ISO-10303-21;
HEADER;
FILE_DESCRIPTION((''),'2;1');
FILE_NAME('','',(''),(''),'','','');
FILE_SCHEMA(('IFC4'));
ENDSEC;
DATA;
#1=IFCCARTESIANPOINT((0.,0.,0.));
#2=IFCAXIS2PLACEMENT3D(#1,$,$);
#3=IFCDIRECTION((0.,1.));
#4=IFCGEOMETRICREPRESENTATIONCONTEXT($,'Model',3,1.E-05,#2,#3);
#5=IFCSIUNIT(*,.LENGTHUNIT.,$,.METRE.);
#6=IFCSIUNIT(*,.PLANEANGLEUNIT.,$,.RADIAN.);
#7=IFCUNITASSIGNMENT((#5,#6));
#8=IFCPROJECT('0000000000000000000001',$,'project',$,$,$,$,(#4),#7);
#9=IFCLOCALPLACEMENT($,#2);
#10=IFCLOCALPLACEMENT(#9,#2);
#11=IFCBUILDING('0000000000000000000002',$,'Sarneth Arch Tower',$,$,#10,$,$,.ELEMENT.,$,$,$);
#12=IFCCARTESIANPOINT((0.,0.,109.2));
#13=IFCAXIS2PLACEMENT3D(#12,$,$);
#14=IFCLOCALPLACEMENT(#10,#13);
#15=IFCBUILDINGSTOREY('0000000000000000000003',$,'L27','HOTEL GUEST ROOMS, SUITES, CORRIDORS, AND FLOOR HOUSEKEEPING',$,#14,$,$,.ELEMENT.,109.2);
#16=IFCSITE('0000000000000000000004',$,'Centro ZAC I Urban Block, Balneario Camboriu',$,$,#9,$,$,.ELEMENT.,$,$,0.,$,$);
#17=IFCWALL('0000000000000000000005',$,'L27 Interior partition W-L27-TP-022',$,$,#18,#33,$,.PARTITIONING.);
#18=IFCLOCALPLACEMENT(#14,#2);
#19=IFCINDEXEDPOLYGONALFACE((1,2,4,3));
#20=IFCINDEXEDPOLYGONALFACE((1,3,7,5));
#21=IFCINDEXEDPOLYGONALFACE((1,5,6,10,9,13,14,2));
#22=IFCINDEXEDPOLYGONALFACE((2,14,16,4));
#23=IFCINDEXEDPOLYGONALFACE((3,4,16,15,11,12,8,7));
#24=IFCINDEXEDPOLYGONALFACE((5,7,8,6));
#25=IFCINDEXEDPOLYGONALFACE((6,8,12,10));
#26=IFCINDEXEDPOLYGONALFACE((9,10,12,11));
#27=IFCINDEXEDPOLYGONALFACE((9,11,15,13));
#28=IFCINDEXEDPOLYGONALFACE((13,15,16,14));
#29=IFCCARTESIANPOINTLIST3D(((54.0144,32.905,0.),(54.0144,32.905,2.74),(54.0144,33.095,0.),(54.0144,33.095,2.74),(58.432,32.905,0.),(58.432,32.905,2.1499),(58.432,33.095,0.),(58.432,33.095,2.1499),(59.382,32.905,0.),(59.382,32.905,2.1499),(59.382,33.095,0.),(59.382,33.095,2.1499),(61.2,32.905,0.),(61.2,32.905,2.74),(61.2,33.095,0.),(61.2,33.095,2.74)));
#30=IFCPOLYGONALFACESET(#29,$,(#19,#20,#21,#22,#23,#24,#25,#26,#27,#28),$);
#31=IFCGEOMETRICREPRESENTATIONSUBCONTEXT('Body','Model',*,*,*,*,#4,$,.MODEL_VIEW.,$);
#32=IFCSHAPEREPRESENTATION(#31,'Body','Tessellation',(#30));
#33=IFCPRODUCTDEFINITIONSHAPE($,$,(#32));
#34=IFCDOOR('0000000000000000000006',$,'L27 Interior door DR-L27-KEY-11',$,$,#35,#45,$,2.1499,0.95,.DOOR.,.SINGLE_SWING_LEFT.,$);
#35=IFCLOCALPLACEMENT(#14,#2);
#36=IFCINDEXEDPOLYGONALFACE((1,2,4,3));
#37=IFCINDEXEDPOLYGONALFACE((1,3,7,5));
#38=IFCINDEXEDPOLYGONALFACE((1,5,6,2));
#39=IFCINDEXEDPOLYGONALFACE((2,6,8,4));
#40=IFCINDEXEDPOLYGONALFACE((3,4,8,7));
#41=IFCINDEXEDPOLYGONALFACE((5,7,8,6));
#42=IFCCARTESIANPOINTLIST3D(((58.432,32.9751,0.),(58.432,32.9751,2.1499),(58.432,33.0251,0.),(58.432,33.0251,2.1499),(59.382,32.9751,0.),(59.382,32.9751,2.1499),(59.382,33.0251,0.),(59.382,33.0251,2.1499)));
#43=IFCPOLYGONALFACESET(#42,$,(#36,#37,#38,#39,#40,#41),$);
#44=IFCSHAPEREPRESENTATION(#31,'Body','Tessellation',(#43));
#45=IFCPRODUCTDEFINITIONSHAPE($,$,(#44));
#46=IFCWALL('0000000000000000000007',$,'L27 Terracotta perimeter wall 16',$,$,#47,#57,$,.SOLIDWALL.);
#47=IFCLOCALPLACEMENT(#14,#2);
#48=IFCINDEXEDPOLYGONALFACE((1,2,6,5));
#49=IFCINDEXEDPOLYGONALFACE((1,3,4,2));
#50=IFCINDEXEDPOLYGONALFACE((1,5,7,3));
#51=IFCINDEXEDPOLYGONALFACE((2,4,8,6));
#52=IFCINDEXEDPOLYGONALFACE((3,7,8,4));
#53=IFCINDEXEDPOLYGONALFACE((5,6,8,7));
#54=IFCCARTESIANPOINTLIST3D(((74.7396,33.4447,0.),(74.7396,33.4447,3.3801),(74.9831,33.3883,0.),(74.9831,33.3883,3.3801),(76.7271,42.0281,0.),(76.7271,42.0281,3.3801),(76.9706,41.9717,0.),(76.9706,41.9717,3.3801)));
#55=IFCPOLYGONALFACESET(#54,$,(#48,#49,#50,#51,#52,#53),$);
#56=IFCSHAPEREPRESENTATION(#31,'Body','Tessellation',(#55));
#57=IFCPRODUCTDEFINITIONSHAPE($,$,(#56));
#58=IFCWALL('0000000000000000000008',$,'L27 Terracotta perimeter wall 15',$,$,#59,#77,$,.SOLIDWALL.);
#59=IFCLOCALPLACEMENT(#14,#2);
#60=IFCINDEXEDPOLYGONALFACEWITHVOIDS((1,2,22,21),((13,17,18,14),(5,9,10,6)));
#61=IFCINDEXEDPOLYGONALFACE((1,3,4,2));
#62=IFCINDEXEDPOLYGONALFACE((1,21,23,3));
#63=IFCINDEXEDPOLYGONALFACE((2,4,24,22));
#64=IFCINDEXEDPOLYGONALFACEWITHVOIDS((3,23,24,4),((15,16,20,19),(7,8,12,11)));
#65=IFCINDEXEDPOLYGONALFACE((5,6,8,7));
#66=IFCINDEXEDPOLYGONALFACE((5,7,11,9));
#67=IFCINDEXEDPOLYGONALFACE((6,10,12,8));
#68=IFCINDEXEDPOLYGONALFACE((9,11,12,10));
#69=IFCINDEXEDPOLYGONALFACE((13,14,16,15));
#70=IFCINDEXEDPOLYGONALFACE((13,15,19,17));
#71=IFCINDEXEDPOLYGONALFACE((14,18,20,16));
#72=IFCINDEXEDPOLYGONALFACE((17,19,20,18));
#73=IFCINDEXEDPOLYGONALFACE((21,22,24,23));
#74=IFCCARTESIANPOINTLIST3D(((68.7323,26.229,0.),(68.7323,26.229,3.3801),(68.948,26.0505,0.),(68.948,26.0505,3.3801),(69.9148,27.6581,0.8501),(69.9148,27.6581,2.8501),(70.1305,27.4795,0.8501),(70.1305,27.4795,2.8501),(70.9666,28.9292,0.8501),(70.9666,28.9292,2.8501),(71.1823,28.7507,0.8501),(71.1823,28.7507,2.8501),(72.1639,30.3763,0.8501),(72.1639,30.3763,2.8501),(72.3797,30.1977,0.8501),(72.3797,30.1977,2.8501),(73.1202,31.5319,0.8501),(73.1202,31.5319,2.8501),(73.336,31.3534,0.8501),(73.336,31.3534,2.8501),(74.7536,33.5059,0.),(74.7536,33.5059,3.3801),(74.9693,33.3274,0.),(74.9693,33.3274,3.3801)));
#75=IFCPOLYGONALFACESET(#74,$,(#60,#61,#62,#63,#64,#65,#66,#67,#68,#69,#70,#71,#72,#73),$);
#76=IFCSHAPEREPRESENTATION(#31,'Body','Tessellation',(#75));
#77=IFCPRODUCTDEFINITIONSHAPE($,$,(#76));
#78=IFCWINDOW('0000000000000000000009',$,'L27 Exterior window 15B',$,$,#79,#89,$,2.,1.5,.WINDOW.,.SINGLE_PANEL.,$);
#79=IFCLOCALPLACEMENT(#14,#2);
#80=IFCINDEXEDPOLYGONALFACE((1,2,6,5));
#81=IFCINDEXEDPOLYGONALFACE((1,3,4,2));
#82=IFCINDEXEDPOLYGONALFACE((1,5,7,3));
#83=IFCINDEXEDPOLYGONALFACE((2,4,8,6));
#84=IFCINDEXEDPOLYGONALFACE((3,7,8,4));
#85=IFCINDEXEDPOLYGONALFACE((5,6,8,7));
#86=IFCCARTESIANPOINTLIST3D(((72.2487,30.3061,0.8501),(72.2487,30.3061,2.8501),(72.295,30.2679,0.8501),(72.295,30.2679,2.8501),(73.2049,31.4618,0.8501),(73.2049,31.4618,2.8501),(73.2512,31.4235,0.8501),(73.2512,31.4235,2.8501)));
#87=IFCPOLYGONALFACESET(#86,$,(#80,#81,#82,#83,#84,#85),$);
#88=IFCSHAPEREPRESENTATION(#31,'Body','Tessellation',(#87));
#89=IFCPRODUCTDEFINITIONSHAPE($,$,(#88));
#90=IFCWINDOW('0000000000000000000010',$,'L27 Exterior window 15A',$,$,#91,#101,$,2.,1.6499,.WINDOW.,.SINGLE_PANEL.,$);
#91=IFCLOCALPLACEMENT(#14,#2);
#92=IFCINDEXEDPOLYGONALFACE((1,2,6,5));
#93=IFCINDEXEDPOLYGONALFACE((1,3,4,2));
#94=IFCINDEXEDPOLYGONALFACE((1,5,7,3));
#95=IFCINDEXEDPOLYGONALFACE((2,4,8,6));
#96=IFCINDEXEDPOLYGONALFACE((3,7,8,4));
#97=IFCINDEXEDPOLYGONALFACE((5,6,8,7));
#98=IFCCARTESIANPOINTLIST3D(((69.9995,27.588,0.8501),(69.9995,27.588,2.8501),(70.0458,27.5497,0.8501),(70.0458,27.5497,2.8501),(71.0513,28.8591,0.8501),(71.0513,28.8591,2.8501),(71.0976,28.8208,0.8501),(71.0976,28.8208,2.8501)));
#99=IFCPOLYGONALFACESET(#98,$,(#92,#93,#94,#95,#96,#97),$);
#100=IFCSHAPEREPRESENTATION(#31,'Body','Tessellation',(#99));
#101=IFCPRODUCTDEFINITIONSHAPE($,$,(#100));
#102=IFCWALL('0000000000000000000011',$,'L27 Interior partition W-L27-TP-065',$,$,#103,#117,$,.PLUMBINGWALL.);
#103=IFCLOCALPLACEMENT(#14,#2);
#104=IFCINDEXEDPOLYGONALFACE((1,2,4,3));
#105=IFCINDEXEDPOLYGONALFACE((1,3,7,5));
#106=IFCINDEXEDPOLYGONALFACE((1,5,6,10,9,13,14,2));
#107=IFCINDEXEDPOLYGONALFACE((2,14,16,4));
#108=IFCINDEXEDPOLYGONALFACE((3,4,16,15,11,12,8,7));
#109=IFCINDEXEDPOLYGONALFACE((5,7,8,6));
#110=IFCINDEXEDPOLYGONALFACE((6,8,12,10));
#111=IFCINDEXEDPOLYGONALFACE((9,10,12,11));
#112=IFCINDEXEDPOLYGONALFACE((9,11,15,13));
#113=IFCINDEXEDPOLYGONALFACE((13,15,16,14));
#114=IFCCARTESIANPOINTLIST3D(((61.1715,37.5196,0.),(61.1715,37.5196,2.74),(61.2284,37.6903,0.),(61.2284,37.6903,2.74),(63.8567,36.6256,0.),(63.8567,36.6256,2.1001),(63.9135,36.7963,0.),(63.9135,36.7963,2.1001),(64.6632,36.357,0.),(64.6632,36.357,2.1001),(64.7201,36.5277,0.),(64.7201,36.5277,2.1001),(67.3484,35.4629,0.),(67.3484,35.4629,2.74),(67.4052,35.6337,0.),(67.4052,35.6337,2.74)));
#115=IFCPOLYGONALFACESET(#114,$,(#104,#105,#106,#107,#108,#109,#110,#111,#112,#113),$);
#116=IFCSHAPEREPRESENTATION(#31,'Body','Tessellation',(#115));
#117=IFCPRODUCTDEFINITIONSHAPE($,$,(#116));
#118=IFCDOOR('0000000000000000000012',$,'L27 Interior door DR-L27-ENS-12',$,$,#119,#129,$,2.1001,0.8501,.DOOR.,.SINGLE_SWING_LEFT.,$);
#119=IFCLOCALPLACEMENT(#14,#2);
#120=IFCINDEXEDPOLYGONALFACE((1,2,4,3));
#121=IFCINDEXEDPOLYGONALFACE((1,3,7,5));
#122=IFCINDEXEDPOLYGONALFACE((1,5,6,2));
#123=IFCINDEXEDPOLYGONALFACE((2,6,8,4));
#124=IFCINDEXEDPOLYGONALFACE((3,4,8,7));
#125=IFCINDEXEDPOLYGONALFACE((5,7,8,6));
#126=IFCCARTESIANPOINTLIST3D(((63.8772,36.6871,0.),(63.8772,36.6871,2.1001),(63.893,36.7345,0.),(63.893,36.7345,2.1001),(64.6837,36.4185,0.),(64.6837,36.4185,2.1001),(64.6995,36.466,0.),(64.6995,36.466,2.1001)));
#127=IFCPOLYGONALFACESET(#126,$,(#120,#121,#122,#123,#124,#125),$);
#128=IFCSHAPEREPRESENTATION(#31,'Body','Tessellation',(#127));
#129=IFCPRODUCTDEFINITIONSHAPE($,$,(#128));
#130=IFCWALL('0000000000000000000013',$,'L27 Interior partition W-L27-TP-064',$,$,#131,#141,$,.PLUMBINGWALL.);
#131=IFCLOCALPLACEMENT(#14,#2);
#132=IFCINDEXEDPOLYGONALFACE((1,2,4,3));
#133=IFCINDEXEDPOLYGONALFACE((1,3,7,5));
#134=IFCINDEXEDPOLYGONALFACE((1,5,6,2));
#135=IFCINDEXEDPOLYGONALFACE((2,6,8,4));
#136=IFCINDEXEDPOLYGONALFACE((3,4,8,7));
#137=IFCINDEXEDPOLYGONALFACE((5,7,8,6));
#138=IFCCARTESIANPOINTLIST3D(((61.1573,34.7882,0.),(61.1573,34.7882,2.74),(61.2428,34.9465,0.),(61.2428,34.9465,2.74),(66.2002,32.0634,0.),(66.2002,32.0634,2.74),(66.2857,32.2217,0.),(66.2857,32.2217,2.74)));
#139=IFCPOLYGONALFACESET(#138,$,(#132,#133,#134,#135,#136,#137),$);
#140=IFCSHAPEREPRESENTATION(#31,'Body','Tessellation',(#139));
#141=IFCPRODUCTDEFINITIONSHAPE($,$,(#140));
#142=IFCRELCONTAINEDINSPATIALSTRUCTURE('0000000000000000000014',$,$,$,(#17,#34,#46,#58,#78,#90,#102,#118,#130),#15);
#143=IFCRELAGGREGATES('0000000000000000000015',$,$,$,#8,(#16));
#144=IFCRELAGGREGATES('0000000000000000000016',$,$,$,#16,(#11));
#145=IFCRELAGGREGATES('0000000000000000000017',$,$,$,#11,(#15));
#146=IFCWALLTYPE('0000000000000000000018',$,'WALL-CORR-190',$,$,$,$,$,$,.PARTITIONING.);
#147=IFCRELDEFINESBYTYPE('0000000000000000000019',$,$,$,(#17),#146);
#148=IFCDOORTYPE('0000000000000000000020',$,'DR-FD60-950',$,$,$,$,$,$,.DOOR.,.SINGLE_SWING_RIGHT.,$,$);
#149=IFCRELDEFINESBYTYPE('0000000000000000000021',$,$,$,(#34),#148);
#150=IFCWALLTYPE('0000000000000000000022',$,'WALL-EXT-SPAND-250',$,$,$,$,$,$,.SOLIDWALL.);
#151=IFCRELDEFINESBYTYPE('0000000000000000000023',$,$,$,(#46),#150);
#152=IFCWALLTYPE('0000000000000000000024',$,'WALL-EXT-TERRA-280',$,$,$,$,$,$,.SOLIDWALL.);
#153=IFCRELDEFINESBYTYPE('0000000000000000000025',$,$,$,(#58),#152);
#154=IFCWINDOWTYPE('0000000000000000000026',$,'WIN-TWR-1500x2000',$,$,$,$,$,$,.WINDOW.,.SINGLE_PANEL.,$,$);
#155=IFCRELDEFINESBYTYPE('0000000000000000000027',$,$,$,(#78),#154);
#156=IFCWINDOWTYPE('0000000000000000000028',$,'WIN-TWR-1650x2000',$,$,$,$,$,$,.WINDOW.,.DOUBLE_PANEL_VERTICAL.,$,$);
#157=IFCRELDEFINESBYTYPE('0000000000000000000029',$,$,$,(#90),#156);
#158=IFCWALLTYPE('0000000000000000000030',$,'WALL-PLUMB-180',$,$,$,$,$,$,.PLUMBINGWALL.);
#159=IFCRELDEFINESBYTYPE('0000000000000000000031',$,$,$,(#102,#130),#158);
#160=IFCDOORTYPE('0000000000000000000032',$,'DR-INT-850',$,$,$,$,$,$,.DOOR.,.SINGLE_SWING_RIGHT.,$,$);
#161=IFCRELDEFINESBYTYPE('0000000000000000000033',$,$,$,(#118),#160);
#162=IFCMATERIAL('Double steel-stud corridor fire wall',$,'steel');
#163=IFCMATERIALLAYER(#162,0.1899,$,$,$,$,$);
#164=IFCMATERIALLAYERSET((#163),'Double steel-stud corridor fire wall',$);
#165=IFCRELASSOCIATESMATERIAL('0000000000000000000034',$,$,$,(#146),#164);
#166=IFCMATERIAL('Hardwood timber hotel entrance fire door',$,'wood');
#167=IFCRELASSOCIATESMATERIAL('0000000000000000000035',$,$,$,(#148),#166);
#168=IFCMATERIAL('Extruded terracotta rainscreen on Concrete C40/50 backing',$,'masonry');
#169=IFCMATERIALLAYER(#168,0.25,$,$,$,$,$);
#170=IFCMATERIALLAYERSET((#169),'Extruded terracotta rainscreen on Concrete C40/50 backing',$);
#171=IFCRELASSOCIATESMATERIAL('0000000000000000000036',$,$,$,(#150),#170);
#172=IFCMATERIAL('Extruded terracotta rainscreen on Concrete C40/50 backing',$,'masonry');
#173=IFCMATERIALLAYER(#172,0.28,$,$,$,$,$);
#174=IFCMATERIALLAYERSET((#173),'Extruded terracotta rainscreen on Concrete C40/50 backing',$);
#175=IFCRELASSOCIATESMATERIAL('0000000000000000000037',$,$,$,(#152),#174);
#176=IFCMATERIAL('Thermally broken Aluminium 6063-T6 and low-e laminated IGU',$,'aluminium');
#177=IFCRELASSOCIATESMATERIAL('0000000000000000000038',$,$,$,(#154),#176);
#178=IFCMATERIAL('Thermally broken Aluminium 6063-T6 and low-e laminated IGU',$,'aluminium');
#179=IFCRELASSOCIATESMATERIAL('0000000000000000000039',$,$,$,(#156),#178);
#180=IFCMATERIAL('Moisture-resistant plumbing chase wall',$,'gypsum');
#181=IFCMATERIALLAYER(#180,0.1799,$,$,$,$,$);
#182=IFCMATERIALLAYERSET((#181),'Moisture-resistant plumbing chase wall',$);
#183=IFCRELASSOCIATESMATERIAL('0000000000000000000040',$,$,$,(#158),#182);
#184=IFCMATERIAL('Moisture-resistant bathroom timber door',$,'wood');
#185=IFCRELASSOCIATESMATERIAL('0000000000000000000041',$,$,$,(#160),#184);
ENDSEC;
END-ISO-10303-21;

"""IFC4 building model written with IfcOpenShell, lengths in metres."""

from ifc_helpers import new_model, si_unit, direction, frame, frame_2d, origin, place, context, subcontext, project, spatial, rectangle, extrude, material, layer, layer_set, type_object, element, fill, save


model = new_model("IFC4")

# Units and contexts
model_context = context("Model", 3, precision=1e-05, world=origin(), true_north=direction((0.0, 1.0)))
body_context = subcontext(model_context, "Body", "Model", "MODEL_VIEW")
ifc_project = project(units=[si_unit("LENGTHUNIT", "METRE"), si_unit("PLANEANGLEUNIT", "RADIAN")], contexts=[model_context])

# Site, building, storey
site_placement = place(None, origin())
site = spatial("IfcSite", under=ifc_project, at=site_placement, Name="Centro ZAC I Urban Block, Balneario Camboriu", CompositionType="ELEMENT", RefElevation=0.0)
building_placement = place(site_placement, origin())
building = spatial("IfcBuilding", under=site, at=building_placement, Name="Sarneth Arch Tower", CompositionType="ELEMENT")
storey_placement = place(building_placement, frame((0.0, 0.0, 109.2)))
storey = spatial("IfcBuildingStorey", under=building, at=storey_placement, Name="L27", Description="HOTEL GUEST ROOMS, SUITES, CORRIDORS, AND FLOOR HOUSEKEEPING", CompositionType="ELEMENT", Elevation=109.2)

# Wall, opening, door
ifc_material_1 = material(Name="Double steel-stud corridor fire wall", Category="steel")
ifc_layer_1 = layer(ifc_material_1, 0.1899)
ifc_layer_set_1 = layer_set([ifc_layer_1], Name="Double steel-stud corridor fire wall")
wall_type_1 = type_object("IfcWallType", Name="WALL-CORR-190", PredefinedType="PARTITIONING", material=ifc_layer_set_1)
wall_1_placement = place(storey_placement, frame((61.2, 33.0, 0.0), z_axis=(0.0, 0.0, 1.0), x_axis=(-1.0, 0.0, 0.0)))
wall_1 = element("IfcWall", 1, at=wall_1_placement, inside=storey, type_object=wall_type_1, Name="L27 Interior partition W-L27-TP-022", PredefinedType="PARTITIONING", context=body_context, shape_type="SweptSolid", body=[
    extrude(rectangle(XDim=7.1855, YDim=0.1899, at=frame_2d((3.5928, 0.0))), origin(), (0.0, 0.0, 1.0), 2.74),
])
opening_1_placement = place(wall_1_placement, frame((1.8179, 0.0, 0.0)))
opening_1 = element("IfcOpeningElement", 2, at=opening_1_placement, cuts=wall_1, PredefinedType="OPENING", context=body_context, shape_type="SweptSolid", body=[
    extrude(rectangle(XDim=0.95, YDim=2.1499, at=frame_2d((0.4751, 1.075))), frame((0.0, 0.105, 0.0), z_axis=(0.0, -1.0, 0.0), x_axis=(1.0, 0.0, 0.0)), (0.0, 0.0, 1.0), 0.21),
])
ifc_material_2 = material(Name="Hardwood timber hotel entrance fire door", Category="wood")
door_type_1 = type_object("IfcDoorType", Name="DR-FD60-950", OperationType="SINGLE_SWING_RIGHT", PredefinedType="DOOR", material=ifc_material_2)
door_1_placement = place(opening_1_placement, origin())
door_1 = element("IfcDoor", 3, at=door_1_placement, inside=storey, type_object=door_type_1, Name="L27 Interior door DR-L27-KEY-11", OperationType="SINGLE_SWING_LEFT", OverallHeight=2.1499, OverallWidth=0.95, PredefinedType="DOOR", context=body_context, shape_type="SweptSolid", body=[
    extrude(rectangle(XDim=0.95, YDim=2.1499, at=frame_2d((0.4751, 1.075))), frame((0.0, 0.0249, 0.0), z_axis=(0.0, -1.0, 0.0), x_axis=(1.0, 0.0, 0.0)), (0.0, 0.0, 1.0), 0.05),
])
fill(opening_1, door_1)

# Wall
ifc_material_3 = material(Name="Extruded terracotta rainscreen on Concrete C40/50 backing", Category="masonry")
ifc_layer_2 = layer(ifc_material_3, 0.25)
ifc_layer_set_2 = layer_set([ifc_layer_2], Name="Extruded terracotta rainscreen on Concrete C40/50 backing")
wall_type_2 = type_object("IfcWallType", Name="WALL-EXT-SPAND-250", PredefinedType="SOLIDWALL", material=ifc_layer_set_2)
wall_2_placement = place(storey_placement, frame((74.8613, 33.4165, 0.0), z_axis=(0.0, 0.0, 1.0), x_axis=(0.225586, 0.974223, 0.0)))
element("IfcWall", 4, at=wall_2_placement, inside=storey, type_object=wall_type_2, Name="L27 Terracotta perimeter wall 16", PredefinedType="SOLIDWALL", context=body_context, shape_type="SweptSolid", body=[
    extrude(rectangle(XDim=8.8105, YDim=0.25, at=frame_2d((4.4053, 0.0))), origin(), (0.0, 0.0, 1.0), 3.3801),
])

# Wall, openings, windows
ifc_material_4 = material(Name="Extruded terracotta rainscreen on Concrete C40/50 backing", Category="masonry")
ifc_layer_3 = layer(ifc_material_4, 0.28)
ifc_layer_set_3 = layer_set([ifc_layer_3], Name="Extruded terracotta rainscreen on Concrete C40/50 backing")
wall_type_3 = type_object("IfcWallType", Name="WALL-EXT-TERRA-280", PredefinedType="SOLIDWALL", material=ifc_layer_set_3)
wall_3_placement = place(storey_placement, frame((68.8401, 26.1396, 0.0), z_axis=(0.0, 0.0, 1.0), x_axis=(0.637506, 0.770446, 0.0)))
wall_3 = element("IfcWall", 5, at=wall_3_placement, inside=storey, type_object=wall_type_3, Name="L27 Terracotta perimeter wall 15", PredefinedType="SOLIDWALL", context=body_context, shape_type="SweptSolid", body=[
    extrude(rectangle(XDim=9.4451, YDim=0.28, at=frame_2d((4.7227, 0.0))), origin(), (0.0, 0.0, 1.0), 3.3801),
])
opening_2_placement = place(wall_3_placement, frame((1.855, 0.0, 0.8501)))
opening_2 = element("IfcOpeningElement", 6, at=opening_2_placement, cuts=wall_3, PredefinedType="OPENING", context=body_context, shape_type="SweptSolid", body=[
    extrude(rectangle(XDim=1.6499, YDim=2.0, at=frame_2d((0.825, 1.0))), frame((0.0, 0.1499, 0.0), z_axis=(0.0, -1.0, 0.0), x_axis=(1.0, 0.0, 0.0)), (0.0, 0.0, 1.0), 0.3),
])
opening_3_placement = place(wall_3_placement, frame((5.3831, 0.0, 0.8501)))
opening_3 = element("IfcOpeningElement", 7, at=opening_3_placement, cuts=wall_3, PredefinedType="OPENING", context=body_context, shape_type="SweptSolid", body=[
    extrude(rectangle(XDim=1.5, YDim=2.0, at=frame_2d((0.75, 1.0))), frame((0.0, 0.1499, 0.0), z_axis=(0.0, -1.0, 0.0), x_axis=(1.0, 0.0, 0.0)), (0.0, 0.0, 1.0), 0.3),
])
ifc_material_5 = material(Name="Thermally broken Aluminium 6063-T6 and low-e laminated IGU", Category="aluminium")
window_type_1 = type_object("IfcWindowType", Name="WIN-TWR-1500x2000", PartitioningType="SINGLE_PANEL", PredefinedType="WINDOW", material=ifc_material_5)
window_1_placement = place(opening_3_placement, origin())
window_1 = element("IfcWindow", 8, at=window_1_placement, inside=storey, type_object=window_type_1, Name="L27 Exterior window 15B", OverallHeight=2.0, OverallWidth=1.5, PartitioningType="SINGLE_PANEL", PredefinedType="WINDOW", context=body_context, shape_type="SweptSolid", body=[
    extrude(rectangle(XDim=1.5, YDim=2.0, at=frame_2d((0.75, 1.0))), frame((0.0, 0.03, 0.0), z_axis=(0.0, -1.0, 0.0), x_axis=(1.0, 0.0, 0.0)), (0.0, 0.0, 1.0), 0.0601),
])
fill(opening_3, window_1)
ifc_material_6 = material(Name="Thermally broken Aluminium 6063-T6 and low-e laminated IGU", Category="aluminium")
window_type_2 = type_object("IfcWindowType", Name="WIN-TWR-1650x2000", PartitioningType="DOUBLE_PANEL_VERTICAL", PredefinedType="WINDOW", material=ifc_material_6)
window_2_placement = place(opening_2_placement, origin())
window_2 = element("IfcWindow", 9, at=window_2_placement, inside=storey, type_object=window_type_2, Name="L27 Exterior window 15A", OverallHeight=2.0, OverallWidth=1.6499, PartitioningType="SINGLE_PANEL", PredefinedType="WINDOW", context=body_context, shape_type="SweptSolid", body=[
    extrude(rectangle(XDim=1.6499, YDim=2.0, at=frame_2d((0.825, 1.0))), frame((0.0, 0.03, 0.0), z_axis=(0.0, -1.0, 0.0), x_axis=(1.0, 0.0, 0.0)), (0.0, 0.0, 1.0), 0.0601),
])
fill(opening_2, window_2)

# Wall, opening, door
ifc_material_7 = material(Name="Moisture-resistant plumbing chase wall", Category="gypsum")
ifc_layer_4 = layer(ifc_material_7, 0.1799)
ifc_layer_set_4 = layer_set([ifc_layer_4], Name="Moisture-resistant plumbing chase wall")
wall_type_4 = type_object("IfcWallType", Name="WALL-PLUMB-180", PredefinedType="PLUMBINGWALL", material=ifc_layer_set_4)
wall_4_placement = place(storey_placement, frame((61.2, 37.605, 0.0), z_axis=(0.0, 0.0, 1.0), x_axis=(0.948788, -0.315913, 0.0)))
wall_4 = element("IfcWall", 10, at=wall_4_placement, inside=storey, type_object=wall_type_4, Name="L27 Interior partition W-L27-TP-065", PredefinedType="PLUMBINGWALL", context=body_context, shape_type="SweptSolid", body=[
    extrude(rectangle(XDim=6.5103, YDim=0.1799, at=frame_2d((3.2551, 0.0))), origin(), (0.0, 0.0, 1.0), 2.74),
])
opening_4_placement = place(wall_4_placement, frame((2.8301, 0.0, 0.0)))
opening_4 = element("IfcOpeningElement", 11, at=opening_4_placement, cuts=wall_4, PredefinedType="OPENING", context=body_context, shape_type="SweptSolid", body=[
    extrude(rectangle(XDim=0.8501, YDim=2.1001, at=frame_2d((0.425, 1.05))), frame((0.0, 0.0999, 0.0), z_axis=(0.0, -1.0, 0.0), x_axis=(1.0, 0.0, 0.0)), (0.0, 0.0, 1.0), 0.2),
])
ifc_material_8 = material(Name="Moisture-resistant bathroom timber door", Category="wood")
door_type_2 = type_object("IfcDoorType", Name="DR-INT-850", OperationType="SINGLE_SWING_RIGHT", PredefinedType="DOOR", material=ifc_material_8)
door_2_placement = place(opening_4_placement, origin())
door_2 = element("IfcDoor", 12, at=door_2_placement, inside=storey, type_object=door_type_2, Name="L27 Interior door DR-L27-ENS-12", OperationType="SINGLE_SWING_LEFT", OverallHeight=2.1001, OverallWidth=0.8501, PredefinedType="DOOR", context=body_context, shape_type="SweptSolid", body=[
    extrude(rectangle(XDim=0.8501, YDim=2.1001, at=frame_2d((0.425, 1.05))), frame((0.0, 0.0249, 0.0), z_axis=(0.0, -1.0, 0.0), x_axis=(1.0, 0.0, 0.0)), (0.0, 0.0, 1.0), 0.05),
])
fill(opening_4, door_2)

# Wall
wall_5_placement = place(storey_placement, frame((66.2429, 32.1426, 0.0), z_axis=(0.0, 0.0, 1.0), x_axis=(-0.879785, 0.475372, 0.0)))
element("IfcWall", 13, at=wall_5_placement, inside=storey, type_object=wall_type_4, Name="L27 Interior partition W-L27-TP-064", PredefinedType="PLUMBINGWALL", context=body_context, shape_type="SweptSolid", body=[
    extrude(rectangle(XDim=5.7319, YDim=0.1799, at=frame_2d((2.866, 0.0))), origin(), (0.0, 0.0, 1.0), 2.74),
])

save(model, "model.ifc")
